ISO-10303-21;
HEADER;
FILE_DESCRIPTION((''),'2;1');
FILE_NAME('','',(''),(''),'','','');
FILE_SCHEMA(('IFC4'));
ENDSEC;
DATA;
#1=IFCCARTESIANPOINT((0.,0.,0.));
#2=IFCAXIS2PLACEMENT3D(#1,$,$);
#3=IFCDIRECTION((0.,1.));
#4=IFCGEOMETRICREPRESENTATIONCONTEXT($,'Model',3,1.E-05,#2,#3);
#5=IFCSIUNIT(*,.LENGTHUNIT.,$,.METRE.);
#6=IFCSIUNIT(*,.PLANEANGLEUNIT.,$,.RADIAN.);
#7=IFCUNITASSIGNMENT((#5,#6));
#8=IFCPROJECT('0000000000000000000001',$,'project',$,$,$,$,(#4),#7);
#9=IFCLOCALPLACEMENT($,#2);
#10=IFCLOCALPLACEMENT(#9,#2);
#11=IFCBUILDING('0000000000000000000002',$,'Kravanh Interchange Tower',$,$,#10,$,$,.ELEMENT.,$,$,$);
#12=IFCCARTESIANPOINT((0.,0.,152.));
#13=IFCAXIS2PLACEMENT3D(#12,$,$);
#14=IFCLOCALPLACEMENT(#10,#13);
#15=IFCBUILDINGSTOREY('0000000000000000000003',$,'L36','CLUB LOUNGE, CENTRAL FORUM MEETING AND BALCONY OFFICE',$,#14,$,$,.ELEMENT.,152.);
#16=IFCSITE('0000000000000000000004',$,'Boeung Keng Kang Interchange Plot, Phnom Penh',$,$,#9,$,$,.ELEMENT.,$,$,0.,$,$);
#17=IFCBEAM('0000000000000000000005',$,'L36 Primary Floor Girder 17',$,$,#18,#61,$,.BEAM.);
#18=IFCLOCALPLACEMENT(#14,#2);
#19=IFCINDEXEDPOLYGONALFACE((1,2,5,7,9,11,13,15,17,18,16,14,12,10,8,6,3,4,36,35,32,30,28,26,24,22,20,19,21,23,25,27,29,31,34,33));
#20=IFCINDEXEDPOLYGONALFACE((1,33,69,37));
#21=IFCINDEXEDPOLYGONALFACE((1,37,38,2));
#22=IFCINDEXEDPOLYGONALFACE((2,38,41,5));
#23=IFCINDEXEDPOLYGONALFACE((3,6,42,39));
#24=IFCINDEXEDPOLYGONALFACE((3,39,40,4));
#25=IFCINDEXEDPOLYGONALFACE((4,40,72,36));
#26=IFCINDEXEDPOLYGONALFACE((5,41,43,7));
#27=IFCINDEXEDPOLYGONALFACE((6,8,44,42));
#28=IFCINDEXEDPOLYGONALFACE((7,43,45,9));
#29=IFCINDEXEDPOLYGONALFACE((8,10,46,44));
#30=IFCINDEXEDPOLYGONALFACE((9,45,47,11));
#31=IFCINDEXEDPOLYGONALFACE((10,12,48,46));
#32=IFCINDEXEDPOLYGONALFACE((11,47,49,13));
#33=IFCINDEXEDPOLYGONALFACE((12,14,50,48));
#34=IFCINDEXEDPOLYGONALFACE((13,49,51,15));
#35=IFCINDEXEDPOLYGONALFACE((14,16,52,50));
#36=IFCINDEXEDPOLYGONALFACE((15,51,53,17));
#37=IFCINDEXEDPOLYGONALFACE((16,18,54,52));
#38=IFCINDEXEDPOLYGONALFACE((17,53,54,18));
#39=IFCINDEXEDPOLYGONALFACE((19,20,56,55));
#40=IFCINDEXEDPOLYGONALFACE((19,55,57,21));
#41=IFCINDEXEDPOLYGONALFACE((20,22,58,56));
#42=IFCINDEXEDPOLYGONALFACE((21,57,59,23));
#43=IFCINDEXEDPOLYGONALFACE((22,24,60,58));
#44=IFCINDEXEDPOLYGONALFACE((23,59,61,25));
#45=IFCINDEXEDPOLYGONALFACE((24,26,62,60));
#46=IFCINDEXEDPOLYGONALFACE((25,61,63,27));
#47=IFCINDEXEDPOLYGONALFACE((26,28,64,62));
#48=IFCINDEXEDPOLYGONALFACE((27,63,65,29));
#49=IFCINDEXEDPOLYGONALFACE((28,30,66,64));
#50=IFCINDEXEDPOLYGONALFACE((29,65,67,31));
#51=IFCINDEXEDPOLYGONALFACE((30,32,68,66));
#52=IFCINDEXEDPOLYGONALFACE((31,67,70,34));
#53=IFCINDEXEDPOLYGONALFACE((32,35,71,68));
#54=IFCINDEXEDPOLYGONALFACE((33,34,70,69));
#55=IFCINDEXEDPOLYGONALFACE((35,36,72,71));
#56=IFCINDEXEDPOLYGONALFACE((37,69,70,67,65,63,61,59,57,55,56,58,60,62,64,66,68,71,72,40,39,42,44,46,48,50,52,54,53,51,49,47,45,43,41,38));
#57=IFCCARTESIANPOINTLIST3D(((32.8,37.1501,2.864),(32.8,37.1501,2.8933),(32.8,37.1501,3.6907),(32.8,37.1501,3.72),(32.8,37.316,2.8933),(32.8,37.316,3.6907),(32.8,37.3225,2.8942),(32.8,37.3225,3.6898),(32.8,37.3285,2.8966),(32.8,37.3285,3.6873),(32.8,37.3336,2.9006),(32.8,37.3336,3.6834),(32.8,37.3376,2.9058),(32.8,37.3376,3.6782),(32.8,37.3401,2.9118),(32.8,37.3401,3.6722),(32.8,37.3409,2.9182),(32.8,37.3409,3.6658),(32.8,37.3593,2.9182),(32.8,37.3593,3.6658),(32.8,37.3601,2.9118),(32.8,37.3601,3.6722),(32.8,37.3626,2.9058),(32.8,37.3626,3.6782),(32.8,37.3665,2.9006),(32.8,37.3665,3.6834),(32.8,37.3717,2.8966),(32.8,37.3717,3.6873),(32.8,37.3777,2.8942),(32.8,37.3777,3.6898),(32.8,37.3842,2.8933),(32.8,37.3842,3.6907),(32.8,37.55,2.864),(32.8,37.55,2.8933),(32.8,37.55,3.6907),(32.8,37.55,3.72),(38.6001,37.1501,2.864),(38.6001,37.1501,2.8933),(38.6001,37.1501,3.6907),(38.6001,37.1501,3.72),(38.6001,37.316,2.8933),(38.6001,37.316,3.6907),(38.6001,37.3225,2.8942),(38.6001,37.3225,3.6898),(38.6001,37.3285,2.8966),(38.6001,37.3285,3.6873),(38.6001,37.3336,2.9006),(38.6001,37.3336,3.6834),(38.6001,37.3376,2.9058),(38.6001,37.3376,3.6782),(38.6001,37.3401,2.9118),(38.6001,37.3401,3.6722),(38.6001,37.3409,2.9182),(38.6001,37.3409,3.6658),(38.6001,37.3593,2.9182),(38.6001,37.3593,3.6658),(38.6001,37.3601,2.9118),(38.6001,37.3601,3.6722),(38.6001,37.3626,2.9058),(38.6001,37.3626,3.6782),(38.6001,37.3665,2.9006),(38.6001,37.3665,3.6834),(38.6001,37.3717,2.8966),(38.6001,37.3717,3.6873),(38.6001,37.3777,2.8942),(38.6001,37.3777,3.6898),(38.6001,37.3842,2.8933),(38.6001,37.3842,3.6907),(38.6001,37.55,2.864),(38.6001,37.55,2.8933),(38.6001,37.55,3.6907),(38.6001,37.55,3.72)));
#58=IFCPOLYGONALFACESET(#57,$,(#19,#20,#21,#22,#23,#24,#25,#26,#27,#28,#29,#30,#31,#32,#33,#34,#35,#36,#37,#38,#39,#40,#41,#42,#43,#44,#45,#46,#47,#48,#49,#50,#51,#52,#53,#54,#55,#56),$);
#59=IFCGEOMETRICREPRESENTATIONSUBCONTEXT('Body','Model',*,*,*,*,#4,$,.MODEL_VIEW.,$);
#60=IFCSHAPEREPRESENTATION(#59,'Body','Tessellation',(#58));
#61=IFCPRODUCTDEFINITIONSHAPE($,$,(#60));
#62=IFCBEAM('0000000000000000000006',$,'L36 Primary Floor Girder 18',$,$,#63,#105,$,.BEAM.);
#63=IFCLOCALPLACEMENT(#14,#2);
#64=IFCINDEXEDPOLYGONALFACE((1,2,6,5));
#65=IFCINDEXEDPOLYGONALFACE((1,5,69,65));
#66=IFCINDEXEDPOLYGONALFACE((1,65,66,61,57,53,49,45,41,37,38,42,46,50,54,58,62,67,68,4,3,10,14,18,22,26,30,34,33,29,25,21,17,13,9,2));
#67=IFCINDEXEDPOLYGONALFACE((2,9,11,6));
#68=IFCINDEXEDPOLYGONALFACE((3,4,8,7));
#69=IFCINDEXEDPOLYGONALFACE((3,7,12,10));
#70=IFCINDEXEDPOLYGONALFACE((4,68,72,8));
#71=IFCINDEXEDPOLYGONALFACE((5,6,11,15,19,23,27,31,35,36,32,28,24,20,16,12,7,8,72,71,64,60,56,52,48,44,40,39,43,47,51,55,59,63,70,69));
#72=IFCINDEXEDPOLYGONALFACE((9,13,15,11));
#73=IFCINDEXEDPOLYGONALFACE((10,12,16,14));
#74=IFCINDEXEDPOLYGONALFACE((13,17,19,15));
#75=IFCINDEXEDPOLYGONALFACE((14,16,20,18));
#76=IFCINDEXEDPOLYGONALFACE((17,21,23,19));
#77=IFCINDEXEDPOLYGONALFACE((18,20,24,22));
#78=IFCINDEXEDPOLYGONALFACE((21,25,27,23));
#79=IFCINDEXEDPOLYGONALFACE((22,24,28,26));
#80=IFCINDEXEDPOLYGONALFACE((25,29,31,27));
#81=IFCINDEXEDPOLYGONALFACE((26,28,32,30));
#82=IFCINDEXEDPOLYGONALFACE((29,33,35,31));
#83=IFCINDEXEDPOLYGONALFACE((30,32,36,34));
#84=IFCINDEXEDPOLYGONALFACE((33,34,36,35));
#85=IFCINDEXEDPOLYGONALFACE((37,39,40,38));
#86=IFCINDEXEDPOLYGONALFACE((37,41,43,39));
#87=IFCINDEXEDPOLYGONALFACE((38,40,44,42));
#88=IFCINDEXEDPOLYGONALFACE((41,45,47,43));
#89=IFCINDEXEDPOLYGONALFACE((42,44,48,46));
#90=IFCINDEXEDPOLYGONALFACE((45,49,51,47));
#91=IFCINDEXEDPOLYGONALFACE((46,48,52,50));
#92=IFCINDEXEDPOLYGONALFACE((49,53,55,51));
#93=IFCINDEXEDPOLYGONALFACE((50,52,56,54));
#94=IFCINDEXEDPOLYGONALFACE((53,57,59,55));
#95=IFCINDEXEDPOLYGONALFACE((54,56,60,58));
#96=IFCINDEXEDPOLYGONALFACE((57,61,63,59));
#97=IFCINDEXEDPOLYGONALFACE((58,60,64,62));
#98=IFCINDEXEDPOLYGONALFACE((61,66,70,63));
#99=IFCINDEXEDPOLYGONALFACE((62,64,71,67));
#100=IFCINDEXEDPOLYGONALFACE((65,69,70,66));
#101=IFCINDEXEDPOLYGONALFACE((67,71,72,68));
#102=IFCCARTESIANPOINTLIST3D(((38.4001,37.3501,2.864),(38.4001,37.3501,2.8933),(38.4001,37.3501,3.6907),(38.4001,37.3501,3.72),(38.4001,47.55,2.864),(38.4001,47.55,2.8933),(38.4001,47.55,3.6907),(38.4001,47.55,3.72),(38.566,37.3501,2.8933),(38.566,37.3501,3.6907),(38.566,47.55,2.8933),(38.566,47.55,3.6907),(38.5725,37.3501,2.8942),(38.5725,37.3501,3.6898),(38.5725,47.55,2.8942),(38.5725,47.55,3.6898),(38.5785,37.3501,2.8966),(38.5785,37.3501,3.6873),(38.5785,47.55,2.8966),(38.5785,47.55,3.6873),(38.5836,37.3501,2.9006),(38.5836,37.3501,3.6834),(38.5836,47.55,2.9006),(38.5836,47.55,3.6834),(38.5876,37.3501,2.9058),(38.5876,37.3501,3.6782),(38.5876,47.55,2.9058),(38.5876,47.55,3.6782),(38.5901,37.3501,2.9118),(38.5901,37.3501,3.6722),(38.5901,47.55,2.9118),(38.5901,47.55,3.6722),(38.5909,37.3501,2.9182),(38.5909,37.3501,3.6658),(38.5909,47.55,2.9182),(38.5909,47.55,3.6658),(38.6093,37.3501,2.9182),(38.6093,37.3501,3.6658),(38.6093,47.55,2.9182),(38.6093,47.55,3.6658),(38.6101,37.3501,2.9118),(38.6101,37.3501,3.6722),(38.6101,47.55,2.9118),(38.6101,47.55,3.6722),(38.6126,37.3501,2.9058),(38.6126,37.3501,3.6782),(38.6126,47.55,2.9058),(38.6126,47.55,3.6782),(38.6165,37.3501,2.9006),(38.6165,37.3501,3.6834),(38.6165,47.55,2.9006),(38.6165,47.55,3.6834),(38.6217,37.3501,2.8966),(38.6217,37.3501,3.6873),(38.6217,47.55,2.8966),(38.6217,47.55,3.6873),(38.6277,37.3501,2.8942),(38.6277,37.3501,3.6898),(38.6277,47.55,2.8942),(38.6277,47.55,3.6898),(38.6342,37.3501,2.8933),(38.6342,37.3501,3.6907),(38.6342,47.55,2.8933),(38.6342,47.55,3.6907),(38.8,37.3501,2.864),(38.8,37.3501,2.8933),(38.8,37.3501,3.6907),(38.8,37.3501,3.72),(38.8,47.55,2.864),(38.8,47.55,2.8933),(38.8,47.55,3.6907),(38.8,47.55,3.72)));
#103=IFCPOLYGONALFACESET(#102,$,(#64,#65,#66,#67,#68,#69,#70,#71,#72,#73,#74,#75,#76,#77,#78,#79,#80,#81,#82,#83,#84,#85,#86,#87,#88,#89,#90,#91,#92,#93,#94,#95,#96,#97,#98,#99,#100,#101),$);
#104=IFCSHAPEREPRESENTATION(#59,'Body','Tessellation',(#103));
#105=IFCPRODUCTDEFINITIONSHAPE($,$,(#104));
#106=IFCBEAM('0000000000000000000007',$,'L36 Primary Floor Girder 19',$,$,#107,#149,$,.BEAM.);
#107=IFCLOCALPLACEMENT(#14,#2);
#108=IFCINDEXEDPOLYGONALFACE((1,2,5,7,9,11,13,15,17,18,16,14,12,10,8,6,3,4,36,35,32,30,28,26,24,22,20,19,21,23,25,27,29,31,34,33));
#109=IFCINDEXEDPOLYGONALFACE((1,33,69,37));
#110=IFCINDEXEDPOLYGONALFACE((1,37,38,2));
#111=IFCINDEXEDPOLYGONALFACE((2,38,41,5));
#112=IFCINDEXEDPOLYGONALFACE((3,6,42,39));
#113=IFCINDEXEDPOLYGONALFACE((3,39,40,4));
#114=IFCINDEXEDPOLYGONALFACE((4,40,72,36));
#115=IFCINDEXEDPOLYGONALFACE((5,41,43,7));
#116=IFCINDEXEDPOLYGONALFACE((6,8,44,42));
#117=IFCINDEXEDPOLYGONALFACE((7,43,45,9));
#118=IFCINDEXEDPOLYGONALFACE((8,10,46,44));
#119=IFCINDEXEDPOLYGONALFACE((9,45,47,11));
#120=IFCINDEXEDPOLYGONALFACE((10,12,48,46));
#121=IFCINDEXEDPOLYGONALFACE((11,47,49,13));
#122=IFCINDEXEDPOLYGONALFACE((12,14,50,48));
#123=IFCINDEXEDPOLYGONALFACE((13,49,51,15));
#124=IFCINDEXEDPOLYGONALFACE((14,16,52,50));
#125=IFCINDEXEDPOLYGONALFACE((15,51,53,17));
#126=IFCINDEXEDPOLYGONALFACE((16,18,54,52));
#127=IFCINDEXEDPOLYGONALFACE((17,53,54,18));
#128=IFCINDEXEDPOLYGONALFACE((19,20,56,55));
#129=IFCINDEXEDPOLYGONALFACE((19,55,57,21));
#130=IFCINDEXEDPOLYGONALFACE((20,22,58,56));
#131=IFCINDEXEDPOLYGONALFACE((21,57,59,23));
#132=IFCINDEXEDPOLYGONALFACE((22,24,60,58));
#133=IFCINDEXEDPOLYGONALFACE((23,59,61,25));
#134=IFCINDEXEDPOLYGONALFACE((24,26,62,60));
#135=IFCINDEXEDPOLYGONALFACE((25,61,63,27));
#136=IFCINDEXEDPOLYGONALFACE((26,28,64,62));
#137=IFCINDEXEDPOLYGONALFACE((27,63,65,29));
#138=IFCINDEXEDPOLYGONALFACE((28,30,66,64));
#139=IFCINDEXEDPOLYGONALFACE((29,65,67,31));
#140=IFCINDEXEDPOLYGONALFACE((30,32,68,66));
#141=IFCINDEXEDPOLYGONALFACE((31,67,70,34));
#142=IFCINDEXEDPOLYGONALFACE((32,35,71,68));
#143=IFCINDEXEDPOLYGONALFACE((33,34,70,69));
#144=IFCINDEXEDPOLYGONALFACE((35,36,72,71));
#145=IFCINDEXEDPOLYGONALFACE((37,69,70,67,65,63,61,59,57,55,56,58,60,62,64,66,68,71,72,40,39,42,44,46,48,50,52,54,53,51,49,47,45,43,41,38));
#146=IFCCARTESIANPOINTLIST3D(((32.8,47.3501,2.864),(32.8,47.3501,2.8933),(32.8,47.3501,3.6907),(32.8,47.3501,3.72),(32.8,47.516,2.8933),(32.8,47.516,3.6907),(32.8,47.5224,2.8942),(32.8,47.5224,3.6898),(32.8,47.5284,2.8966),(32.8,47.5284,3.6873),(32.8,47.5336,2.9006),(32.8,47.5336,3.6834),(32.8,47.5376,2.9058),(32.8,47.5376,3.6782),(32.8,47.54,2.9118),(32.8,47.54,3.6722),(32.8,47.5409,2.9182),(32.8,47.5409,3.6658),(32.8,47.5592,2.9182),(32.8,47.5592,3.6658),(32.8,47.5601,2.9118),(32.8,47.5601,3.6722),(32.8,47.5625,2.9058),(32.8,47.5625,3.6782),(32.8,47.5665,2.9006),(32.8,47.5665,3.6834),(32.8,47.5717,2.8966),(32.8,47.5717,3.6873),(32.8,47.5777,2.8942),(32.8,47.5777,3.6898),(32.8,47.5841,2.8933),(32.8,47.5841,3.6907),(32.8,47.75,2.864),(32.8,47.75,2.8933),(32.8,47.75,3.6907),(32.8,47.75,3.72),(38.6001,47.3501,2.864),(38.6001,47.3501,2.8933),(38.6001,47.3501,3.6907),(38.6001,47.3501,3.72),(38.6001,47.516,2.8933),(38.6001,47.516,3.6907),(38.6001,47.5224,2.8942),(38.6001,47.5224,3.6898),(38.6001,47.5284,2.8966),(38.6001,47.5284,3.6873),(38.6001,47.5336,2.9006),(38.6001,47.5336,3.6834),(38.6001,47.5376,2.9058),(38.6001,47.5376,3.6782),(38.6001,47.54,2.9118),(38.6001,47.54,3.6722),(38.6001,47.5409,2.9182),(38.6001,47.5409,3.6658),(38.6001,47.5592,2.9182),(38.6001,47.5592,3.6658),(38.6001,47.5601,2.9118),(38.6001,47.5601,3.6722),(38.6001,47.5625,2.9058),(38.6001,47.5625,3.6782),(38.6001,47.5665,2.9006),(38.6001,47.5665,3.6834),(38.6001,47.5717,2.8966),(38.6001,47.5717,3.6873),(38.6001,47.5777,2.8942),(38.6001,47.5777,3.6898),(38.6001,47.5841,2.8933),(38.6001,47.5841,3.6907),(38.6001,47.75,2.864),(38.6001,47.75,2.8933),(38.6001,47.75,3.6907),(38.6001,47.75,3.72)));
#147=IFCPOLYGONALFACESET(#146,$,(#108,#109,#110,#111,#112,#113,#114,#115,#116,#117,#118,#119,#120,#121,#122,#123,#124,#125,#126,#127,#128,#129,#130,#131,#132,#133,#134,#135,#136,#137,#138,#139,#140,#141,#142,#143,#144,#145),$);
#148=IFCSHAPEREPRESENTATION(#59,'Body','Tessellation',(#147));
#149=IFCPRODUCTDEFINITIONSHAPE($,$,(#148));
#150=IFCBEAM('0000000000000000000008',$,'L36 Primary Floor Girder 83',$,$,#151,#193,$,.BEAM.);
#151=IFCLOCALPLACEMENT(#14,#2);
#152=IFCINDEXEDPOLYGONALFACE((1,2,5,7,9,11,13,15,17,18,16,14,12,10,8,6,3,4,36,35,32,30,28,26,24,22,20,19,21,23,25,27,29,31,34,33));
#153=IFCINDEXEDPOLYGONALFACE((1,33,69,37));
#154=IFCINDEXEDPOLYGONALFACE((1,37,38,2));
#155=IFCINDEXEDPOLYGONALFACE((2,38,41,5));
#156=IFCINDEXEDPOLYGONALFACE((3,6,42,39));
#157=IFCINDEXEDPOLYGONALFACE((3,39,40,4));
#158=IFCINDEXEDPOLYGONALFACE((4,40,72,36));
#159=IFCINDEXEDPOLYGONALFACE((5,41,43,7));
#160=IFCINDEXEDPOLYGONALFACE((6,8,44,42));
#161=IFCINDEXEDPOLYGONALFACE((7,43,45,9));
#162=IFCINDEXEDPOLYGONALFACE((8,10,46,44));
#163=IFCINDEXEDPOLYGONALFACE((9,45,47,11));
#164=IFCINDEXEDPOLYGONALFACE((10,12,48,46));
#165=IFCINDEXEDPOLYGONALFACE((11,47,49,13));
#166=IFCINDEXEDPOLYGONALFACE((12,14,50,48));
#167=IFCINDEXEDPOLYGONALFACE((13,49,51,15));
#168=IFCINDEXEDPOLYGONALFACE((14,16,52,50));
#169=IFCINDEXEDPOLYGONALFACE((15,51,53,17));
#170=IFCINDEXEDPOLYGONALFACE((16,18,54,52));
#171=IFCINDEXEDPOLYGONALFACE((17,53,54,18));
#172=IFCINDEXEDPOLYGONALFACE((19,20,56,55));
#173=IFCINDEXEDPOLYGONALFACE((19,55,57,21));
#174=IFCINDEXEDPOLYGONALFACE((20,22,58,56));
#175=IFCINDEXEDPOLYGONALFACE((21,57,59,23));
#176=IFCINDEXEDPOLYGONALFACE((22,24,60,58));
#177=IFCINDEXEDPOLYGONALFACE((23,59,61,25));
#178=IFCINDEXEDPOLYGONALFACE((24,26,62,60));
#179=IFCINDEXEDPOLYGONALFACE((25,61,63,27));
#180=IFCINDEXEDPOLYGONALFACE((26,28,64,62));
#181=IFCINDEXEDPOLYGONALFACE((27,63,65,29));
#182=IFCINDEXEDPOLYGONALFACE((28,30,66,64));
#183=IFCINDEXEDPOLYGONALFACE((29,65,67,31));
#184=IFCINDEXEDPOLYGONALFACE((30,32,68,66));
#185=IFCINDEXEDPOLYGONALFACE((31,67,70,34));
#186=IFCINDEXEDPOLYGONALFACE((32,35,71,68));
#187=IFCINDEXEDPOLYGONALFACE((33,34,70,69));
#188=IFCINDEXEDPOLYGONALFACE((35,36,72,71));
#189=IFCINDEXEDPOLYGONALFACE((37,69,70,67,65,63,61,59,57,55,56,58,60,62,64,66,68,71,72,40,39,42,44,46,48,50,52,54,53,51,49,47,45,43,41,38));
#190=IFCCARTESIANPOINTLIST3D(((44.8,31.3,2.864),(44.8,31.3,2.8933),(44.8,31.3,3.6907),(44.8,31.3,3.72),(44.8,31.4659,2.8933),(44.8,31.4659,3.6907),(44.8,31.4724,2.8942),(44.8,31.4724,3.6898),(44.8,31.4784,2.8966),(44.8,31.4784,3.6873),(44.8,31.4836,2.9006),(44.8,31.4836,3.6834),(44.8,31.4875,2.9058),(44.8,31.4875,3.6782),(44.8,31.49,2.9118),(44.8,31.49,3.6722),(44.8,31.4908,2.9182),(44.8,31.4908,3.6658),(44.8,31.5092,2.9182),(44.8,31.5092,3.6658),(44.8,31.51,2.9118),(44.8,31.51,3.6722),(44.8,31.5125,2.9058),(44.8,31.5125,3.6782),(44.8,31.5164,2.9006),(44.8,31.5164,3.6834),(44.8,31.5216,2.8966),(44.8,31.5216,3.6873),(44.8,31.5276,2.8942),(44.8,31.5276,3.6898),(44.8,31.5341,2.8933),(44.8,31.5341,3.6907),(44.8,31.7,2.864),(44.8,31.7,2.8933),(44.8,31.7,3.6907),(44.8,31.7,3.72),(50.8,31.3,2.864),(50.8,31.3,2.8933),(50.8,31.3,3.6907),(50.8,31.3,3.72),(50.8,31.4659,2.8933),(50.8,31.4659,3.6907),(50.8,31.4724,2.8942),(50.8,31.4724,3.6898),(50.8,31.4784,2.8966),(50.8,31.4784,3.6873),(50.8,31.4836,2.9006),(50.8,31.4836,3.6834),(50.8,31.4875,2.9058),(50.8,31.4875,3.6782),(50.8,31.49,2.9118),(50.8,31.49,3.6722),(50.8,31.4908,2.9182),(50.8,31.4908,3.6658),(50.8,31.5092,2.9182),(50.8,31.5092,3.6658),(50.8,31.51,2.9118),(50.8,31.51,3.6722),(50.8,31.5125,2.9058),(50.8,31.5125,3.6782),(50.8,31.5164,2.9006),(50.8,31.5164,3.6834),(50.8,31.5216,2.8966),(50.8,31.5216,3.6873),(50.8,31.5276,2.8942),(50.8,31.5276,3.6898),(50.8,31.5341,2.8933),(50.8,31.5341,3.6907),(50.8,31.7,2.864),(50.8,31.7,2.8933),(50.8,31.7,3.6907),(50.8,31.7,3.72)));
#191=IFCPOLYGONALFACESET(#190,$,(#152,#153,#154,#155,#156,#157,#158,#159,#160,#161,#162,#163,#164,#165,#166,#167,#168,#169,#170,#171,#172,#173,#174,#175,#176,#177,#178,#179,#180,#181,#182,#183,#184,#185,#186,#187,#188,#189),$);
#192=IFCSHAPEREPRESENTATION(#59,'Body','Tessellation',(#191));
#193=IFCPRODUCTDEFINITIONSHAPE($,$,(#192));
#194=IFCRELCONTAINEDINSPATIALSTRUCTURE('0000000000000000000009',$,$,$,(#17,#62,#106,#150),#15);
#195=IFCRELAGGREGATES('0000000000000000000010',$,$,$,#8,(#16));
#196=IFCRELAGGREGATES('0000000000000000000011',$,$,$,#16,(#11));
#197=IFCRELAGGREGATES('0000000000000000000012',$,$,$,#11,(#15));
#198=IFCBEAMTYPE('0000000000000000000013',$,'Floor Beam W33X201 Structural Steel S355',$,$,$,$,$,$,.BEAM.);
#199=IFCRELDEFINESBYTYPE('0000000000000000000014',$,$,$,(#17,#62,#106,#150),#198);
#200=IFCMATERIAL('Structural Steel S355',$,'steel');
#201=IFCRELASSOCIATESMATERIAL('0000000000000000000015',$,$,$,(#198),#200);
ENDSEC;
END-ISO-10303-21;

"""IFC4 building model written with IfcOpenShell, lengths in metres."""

from ifc_helpers import new_model, si_unit, direction, frame, origin, origin_2d, place, context, subcontext, project, spatial, i_section, extrude, material, material_profile, profile_set, type_object, element, save


model = new_model("IFC4")

# Units and contexts
model_context = context("Model", 3, precision=1e-05, world=origin(), true_north=direction((0.0, 1.0)))
body_context = subcontext(model_context, "Body", "Model", "MODEL_VIEW")
ifc_project = project(units=[si_unit("LENGTHUNIT", "METRE"), si_unit("PLANEANGLEUNIT", "RADIAN")], contexts=[model_context])

# Site, building, storey
site_placement = place(None, origin())
site = spatial("IfcSite", under=ifc_project, at=site_placement, Name="Boeung Keng Kang Interchange Plot, Phnom Penh", CompositionType="ELEMENT", RefElevation=0.0)
building_placement = place(site_placement, origin())
building = spatial("IfcBuilding", under=site, at=building_placement, Name="Kravanh Interchange Tower", CompositionType="ELEMENT")
storey_placement = place(building_placement, frame((0.0, 0.0, 152.0)))
storey = spatial("IfcBuildingStorey", under=building, at=storey_placement, Name="L36", Description="CLUB LOUNGE, CENTRAL FORUM MEETING AND BALCONY OFFICE", CompositionType="ELEMENT", Elevation=152.0)

# Beams
ifc_material_1 = material(Name="Structural Steel S355", Category="steel")
ifc_material_profile_1 = material_profile(ifc_material_1, i_section(OverallWidth=0.3999, OverallDepth=0.856, WebThickness=0.0183, FlangeThickness=0.0293, FilletRadius=0.0249, at=origin_2d()), Name="W33X201")
ifc_profile_set_1 = profile_set([ifc_material_profile_1], Name="Structural Steel S355")
beam_type_1 = type_object("IfcBeamType", Name="Floor Beam W33X201 Structural Steel S355", PredefinedType="BEAM", material=ifc_profile_set_1)
beam_1_placement = place(storey_placement, frame((38.6001, 37.3501, 3.292), z_axis=(-1.0, 0.0, 0.0), x_axis=(0.0, -1.0, 0.0)))
element("IfcBeam", 1, at=beam_1_placement, inside=storey, type_object=beam_type_1, Name="L36 Primary Floor Girder 17", PredefinedType="BEAM", context=body_context, shape_type="SweptSolid", body=[
    extrude(i_section(OverallWidth=0.3999, OverallDepth=0.856, WebThickness=0.0183, FlangeThickness=0.0293, FilletRadius=0.0249, at=origin_2d()), origin(), (0.0, 0.0, 1.0), 5.8),
])
beam_2_placement = place(storey_placement, frame((38.6001, 37.3501, 3.292), z_axis=(0.0, 1.0, 0.0), x_axis=(-1.0, 0.0, 0.0)))
element("IfcBeam", 2, at=beam_2_placement, inside=storey, type_object=beam_type_1, Name="L36 Primary Floor Girder 18", PredefinedType="BEAM", context=body_context, shape_type="SweptSolid", body=[
    extrude(i_section(OverallWidth=0.3999, OverallDepth=0.856, WebThickness=0.0183, FlangeThickness=0.0293, FilletRadius=0.0249, at=origin_2d()), origin(), (0.0, 0.0, 1.0), 10.2),
])
beam_3_placement = place(storey_placement, frame((38.6001, 47.55, 3.292), z_axis=(-1.0, 0.0, 0.0), x_axis=(0.0, -1.0, 0.0)))
element("IfcBeam", 3, at=beam_3_placement, inside=storey, type_object=beam_type_1, Name="L36 Primary Floor Girder 19", PredefinedType="BEAM", context=body_context, shape_type="SweptSolid", body=[
    extrude(i_section(OverallWidth=0.3999, OverallDepth=0.856, WebThickness=0.0183, FlangeThickness=0.0293, FilletRadius=0.0249, at=origin_2d()), origin(), (0.0, 0.0, 1.0), 5.8),
])
beam_4_placement = place(storey_placement, frame((44.8, 31.5, 3.292), z_axis=(1.0, 0.0, 0.0), x_axis=(0.0, 1.0, 0.0)))
element("IfcBeam", 4, at=beam_4_placement, inside=storey, type_object=beam_type_1, Name="L36 Primary Floor Girder 83", PredefinedType="BEAM", context=body_context, shape_type="SweptSolid", body=[
    extrude(i_section(OverallWidth=0.3999, OverallDepth=0.856, WebThickness=0.0183, FlangeThickness=0.0293, FilletRadius=0.0249, at=origin_2d()), origin(), (0.0, 0.0, 1.0), 6.0),
])

save(model, "model.ifc")
